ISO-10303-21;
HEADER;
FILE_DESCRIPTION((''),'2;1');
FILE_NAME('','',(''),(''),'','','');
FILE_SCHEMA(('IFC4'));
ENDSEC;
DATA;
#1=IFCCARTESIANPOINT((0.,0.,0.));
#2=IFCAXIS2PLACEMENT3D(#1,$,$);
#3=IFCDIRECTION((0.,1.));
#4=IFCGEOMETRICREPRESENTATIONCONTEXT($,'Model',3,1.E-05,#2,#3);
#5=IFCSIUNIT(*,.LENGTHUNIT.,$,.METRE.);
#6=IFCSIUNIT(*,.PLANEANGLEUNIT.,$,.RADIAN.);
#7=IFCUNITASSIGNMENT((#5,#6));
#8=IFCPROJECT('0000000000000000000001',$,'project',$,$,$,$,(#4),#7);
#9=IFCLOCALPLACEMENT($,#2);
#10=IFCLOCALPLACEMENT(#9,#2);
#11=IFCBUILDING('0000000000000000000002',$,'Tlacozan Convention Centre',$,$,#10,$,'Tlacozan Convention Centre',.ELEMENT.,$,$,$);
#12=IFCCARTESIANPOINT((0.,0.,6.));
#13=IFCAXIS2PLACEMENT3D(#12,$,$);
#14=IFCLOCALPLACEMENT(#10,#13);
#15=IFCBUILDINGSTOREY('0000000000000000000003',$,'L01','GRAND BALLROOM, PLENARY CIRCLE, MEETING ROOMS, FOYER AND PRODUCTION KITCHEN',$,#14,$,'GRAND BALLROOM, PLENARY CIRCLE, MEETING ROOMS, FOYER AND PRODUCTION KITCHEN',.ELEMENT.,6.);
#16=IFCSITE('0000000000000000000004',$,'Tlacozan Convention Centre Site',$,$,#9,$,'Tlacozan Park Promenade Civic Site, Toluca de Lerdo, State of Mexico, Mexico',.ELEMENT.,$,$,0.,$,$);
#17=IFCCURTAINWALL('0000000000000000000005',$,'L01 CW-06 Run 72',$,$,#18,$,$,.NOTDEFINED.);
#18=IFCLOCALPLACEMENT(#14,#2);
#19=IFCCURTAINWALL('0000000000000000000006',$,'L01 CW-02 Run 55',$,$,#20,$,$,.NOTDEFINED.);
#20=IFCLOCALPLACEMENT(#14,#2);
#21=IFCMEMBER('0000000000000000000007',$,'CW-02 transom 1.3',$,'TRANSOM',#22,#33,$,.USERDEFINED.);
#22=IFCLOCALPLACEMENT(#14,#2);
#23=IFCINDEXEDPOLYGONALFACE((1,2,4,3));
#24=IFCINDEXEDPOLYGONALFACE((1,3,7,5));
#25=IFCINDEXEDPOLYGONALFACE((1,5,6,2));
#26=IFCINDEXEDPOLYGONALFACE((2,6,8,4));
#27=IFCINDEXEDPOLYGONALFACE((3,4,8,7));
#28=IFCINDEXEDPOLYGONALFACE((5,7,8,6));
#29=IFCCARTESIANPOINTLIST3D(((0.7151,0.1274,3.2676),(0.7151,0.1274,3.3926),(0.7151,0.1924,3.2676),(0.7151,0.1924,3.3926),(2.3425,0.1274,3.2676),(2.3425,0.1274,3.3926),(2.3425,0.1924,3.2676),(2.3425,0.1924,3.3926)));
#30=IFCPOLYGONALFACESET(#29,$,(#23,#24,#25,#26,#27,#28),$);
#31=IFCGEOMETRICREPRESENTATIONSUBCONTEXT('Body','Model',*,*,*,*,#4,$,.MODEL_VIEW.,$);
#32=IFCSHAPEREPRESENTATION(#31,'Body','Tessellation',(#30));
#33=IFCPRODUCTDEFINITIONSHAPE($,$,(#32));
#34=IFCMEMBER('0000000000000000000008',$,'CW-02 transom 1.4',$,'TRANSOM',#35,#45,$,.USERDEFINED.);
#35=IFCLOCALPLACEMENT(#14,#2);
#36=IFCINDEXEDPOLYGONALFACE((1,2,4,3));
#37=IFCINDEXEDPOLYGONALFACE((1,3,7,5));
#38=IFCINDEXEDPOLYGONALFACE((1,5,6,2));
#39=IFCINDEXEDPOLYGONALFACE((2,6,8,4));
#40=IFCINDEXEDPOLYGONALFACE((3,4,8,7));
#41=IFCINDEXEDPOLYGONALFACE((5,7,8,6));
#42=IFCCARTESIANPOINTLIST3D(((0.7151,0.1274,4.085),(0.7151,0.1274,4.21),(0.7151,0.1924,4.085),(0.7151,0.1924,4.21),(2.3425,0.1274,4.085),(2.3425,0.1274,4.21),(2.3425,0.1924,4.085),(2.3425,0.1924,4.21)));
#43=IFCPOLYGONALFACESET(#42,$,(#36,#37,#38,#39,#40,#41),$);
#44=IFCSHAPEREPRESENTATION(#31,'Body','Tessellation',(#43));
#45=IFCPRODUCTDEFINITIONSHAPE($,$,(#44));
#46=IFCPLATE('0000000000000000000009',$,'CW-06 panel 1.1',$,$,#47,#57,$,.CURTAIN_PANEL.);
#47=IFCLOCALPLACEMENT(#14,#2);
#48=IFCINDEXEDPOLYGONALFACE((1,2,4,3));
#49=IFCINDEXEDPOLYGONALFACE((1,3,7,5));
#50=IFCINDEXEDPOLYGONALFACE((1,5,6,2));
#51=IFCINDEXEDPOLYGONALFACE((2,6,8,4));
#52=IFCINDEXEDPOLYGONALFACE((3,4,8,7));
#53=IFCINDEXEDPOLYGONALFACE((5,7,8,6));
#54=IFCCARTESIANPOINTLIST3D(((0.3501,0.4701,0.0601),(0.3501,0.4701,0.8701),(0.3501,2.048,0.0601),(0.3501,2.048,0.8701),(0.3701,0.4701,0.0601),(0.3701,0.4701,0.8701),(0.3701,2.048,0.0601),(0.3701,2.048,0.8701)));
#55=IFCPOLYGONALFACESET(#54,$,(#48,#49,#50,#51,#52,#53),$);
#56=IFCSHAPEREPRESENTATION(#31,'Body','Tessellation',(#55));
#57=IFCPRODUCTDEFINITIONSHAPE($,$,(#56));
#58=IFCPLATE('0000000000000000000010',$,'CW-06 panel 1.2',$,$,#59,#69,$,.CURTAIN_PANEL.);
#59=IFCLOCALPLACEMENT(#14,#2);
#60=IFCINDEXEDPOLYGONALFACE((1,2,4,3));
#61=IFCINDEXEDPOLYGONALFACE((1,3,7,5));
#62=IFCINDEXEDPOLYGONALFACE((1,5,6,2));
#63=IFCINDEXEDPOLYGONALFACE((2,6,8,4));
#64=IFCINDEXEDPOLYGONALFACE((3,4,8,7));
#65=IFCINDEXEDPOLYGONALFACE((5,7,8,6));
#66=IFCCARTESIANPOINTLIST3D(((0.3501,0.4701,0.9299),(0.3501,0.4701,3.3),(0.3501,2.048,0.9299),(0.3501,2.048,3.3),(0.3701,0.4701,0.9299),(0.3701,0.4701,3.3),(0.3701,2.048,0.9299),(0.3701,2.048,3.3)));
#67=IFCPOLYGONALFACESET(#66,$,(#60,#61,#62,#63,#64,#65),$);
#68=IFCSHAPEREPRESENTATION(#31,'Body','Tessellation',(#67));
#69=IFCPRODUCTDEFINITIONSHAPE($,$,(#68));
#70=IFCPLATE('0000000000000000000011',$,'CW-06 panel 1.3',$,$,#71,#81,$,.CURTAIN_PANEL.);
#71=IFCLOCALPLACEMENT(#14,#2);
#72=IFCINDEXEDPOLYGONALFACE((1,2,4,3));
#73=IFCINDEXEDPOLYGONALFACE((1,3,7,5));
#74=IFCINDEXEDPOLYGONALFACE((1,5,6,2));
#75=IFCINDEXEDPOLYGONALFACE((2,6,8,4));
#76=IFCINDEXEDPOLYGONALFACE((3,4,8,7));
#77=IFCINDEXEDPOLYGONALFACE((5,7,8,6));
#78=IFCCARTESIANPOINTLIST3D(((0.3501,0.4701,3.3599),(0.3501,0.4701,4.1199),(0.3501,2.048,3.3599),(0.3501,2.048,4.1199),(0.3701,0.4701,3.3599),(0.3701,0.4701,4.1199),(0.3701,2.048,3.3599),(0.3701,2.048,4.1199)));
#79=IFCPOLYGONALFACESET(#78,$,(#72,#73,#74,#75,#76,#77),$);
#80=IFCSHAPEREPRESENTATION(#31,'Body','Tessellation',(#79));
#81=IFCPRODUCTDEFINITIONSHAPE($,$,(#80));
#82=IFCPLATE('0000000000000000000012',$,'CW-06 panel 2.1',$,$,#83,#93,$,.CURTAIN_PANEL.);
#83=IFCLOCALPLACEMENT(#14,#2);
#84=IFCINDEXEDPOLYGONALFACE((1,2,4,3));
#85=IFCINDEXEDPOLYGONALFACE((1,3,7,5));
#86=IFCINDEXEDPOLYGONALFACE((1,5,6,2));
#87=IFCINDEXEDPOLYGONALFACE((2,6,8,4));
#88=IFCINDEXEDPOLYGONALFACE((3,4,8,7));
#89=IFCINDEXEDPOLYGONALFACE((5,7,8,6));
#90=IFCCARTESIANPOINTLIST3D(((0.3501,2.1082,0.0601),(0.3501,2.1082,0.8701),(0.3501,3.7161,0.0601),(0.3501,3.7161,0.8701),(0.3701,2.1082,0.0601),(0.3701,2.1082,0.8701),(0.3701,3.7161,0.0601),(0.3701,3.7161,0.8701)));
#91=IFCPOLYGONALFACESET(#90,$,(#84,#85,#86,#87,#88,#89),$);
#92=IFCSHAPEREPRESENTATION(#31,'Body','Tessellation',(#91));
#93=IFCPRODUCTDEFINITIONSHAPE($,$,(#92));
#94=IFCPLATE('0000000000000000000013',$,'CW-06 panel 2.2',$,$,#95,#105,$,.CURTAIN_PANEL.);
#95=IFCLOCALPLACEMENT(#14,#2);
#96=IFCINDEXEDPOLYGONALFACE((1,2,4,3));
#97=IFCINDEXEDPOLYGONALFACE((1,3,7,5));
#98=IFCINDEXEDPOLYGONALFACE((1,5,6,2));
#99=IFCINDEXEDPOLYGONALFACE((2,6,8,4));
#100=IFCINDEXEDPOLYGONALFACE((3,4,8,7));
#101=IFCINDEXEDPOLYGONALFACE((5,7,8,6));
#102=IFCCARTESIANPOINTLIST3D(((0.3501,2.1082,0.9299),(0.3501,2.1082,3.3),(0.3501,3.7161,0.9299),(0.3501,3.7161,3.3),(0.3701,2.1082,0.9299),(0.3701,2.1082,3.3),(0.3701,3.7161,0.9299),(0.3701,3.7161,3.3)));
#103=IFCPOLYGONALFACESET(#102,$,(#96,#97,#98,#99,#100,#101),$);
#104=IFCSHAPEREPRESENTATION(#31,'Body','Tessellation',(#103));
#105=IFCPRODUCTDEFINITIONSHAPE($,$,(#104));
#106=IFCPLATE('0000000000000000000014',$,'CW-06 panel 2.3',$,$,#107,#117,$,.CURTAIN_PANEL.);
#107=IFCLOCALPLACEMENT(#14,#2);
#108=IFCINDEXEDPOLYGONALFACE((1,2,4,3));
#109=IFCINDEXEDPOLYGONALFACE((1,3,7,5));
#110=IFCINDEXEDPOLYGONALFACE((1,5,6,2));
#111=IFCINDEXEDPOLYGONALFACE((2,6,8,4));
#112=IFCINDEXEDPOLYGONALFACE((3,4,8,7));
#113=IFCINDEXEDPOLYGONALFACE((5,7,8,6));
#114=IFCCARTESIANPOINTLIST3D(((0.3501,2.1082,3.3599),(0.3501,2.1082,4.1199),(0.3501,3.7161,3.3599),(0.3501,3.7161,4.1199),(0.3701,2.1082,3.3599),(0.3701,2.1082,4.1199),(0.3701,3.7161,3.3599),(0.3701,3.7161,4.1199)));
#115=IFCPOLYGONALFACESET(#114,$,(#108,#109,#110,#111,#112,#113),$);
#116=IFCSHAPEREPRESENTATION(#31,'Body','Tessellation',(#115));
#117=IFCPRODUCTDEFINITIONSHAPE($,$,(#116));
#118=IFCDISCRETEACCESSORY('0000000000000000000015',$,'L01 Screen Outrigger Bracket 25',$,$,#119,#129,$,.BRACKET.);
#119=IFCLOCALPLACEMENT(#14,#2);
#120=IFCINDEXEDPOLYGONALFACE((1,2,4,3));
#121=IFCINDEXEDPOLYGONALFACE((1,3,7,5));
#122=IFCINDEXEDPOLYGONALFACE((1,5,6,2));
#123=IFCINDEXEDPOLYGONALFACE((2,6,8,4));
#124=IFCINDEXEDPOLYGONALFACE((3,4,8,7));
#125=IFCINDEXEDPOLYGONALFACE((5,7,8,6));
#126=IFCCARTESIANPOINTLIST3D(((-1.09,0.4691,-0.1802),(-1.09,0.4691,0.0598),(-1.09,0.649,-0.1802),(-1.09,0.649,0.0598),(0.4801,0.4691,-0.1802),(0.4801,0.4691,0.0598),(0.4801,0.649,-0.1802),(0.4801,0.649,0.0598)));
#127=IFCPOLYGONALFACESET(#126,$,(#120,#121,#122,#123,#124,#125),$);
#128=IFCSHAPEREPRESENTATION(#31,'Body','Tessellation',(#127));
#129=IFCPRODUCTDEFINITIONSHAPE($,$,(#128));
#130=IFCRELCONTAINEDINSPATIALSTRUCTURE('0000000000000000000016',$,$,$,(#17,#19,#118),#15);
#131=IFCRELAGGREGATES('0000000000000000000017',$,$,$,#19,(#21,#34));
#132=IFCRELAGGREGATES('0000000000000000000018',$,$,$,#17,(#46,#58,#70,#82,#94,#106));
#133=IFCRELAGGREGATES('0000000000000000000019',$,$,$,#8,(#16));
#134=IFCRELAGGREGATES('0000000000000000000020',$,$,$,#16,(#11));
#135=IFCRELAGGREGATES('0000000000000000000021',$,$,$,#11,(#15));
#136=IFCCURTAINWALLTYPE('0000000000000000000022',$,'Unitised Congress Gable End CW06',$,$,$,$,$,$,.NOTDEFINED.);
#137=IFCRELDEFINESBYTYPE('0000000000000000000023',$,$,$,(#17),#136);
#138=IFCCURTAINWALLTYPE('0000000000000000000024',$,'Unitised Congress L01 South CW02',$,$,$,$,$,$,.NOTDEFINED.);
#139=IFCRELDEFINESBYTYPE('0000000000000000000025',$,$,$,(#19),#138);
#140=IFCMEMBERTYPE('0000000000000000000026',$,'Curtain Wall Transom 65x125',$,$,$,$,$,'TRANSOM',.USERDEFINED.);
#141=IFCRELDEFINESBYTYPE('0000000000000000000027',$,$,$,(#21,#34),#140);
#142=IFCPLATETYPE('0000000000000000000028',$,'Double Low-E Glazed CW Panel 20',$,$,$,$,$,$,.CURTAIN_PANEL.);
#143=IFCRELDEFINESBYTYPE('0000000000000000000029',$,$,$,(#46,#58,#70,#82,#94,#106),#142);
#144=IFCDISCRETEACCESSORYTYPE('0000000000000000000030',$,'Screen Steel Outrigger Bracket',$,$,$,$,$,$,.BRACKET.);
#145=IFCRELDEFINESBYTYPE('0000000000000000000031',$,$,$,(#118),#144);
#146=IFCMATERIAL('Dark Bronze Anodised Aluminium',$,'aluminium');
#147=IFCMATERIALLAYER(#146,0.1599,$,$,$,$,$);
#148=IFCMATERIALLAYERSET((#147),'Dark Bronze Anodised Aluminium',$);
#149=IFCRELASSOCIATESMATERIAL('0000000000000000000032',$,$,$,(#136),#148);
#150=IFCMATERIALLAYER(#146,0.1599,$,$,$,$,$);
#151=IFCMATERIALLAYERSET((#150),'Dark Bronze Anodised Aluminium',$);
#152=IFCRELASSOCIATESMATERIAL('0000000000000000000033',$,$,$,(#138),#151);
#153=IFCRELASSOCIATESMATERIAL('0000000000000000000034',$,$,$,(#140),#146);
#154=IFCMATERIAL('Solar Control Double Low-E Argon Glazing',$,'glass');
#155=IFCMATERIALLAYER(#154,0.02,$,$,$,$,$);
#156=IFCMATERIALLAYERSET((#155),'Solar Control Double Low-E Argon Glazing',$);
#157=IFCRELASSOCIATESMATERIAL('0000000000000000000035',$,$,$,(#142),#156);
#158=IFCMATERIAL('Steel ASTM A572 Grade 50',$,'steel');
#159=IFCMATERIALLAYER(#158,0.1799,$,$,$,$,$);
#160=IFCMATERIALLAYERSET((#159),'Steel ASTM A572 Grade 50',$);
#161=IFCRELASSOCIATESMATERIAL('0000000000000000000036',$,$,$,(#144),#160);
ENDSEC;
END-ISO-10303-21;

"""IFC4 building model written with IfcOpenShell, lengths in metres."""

from ifc_helpers import new_model, si_unit, direction, frame, origin, origin_2d, place, context, subcontext, project, spatial, rectangle, extrude, material, layer, layer_set, material_profile, profile_set, type_object, element, aggregate, save


model = new_model("IFC4")

# Units and contexts
model_context = context("Model", 3, precision=1e-05, world=origin(), true_north=direction((0.0, 1.0)))
body_context = subcontext(model_context, "Body", "Model", "MODEL_VIEW")
ifc_project = project(units=[si_unit("LENGTHUNIT", "METRE"), si_unit("PLANEANGLEUNIT", "RADIAN")], contexts=[model_context])

# Site, building, storey
site_placement = place(None, origin())
site = spatial("IfcSite", under=ifc_project, at=site_placement, Name="Tlacozan Convention Centre Site", LongName="Tlacozan Park Promenade Civic Site, Toluca de Lerdo, State of Mexico, Mexico", CompositionType="ELEMENT", RefElevation=0.0)
building_placement = place(site_placement, origin())
building = spatial("IfcBuilding", under=site, at=building_placement, Name="Tlacozan Convention Centre", LongName="Tlacozan Convention Centre", CompositionType="ELEMENT")
storey_placement = place(building_placement, frame((0.0, 0.0, 6.0)))
storey = spatial("IfcBuildingStorey", under=building, at=storey_placement, Name="L01", Description="GRAND BALLROOM, PLENARY CIRCLE, MEETING ROOMS, FOYER AND PRODUCTION KITCHEN", LongName="GRAND BALLROOM, PLENARY CIRCLE, MEETING ROOMS, FOYER AND PRODUCTION KITCHEN", CompositionType="ELEMENT", Elevation=6.0)

# Curtain walls, members
ifc_material_1 = material(Name="Dark Bronze Anodised Aluminium", Category="aluminium")
ifc_layer_1 = layer(ifc_material_1, 0.1599)
ifc_layer_set_1 = layer_set([ifc_layer_1], Name="Dark Bronze Anodised Aluminium")
curtain_wall_type_1 = type_object("IfcCurtainWallType", Name="Unitised Congress Gable End CW06", PredefinedType="NOTDEFINED", material=ifc_layer_set_1)
curtain_wall_1_placement = place(storey_placement, origin())
curtain_wall_1 = element("IfcCurtainWall", 1, at=curtain_wall_1_placement, inside=storey, type_object=curtain_wall_type_1, Name="L01 CW-06 Run 72", PredefinedType="NOTDEFINED")
ifc_layer_2 = layer(ifc_material_1, 0.1599)
ifc_layer_set_2 = layer_set([ifc_layer_2], Name="Dark Bronze Anodised Aluminium")
curtain_wall_type_2 = type_object("IfcCurtainWallType", Name="Unitised Congress L01 South CW02", PredefinedType="NOTDEFINED", material=ifc_layer_set_2)
curtain_wall_2_placement = place(storey_placement, origin())
curtain_wall_2 = element("IfcCurtainWall", 2, at=curtain_wall_2_placement, inside=storey, type_object=curtain_wall_type_2, Name="L01 CW-02 Run 55", PredefinedType="NOTDEFINED")
ifc_material_profile_1 = material_profile(ifc_material_1, rectangle(XDim=0.0649, YDim=0.125, at=origin_2d()), Name="ALU 65x125")
ifc_profile_set_1 = profile_set([ifc_material_profile_1], Name="Dark Bronze Anodised Aluminium")
member_type_1 = type_object("IfcMemberType", Name="Curtain Wall Transom 65x125", ElementType="TRANSOM", PredefinedType="USERDEFINED", material=ifc_profile_set_1)
member_1_placement = place(storey_placement, frame((0.7151, 0.1599, 3.3301), z_axis=(1.0, 0.0, 0.0), x_axis=(0.0, 1.0, 0.0)))
member_1 = element("IfcMember", 3, at=member_1_placement, type_object=member_type_1, Name="CW-02 transom 1.3", ObjectType="TRANSOM", PredefinedType="USERDEFINED", context=body_context, shape_type="SweptSolid", body=[
    extrude(rectangle(XDim=0.0649, YDim=0.125, at=origin_2d()), origin(), (0.0, 0.0, 1.0), 1.6274),
])
member_2_placement = place(storey_placement, frame((0.7151, 0.1599, 4.1475), z_axis=(1.0, 0.0, 0.0), x_axis=(0.0, 1.0, 0.0)))
member_2 = element("IfcMember", 4, at=member_2_placement, type_object=member_type_1, Name="CW-02 transom 1.4", ObjectType="TRANSOM", PredefinedType="USERDEFINED", context=body_context, shape_type="SweptSolid", body=[
    extrude(rectangle(XDim=0.0649, YDim=0.125, at=origin_2d()), origin(), (0.0, 0.0, 1.0), 1.6274),
])
aggregate(curtain_wall_2, [member_1, member_2])

# Plates
ifc_material_2 = material(Name="Solar Control Double Low-E Argon Glazing", Category="glass")
ifc_layer_3 = layer(ifc_material_2, 0.02)
ifc_layer_set_3 = layer_set([ifc_layer_3], Name="Solar Control Double Low-E Argon Glazing")
plate_type = type_object("IfcPlateType", Name="Double Low-E Glazed CW Panel 20", PredefinedType="CURTAIN_PANEL", material=ifc_layer_set_3)
plate_1_placement = place(storey_placement, frame((0.3601, 1.259, 0.0601), z_axis=(0.0, 0.0, 1.0), x_axis=(0.0, 1.0, 0.0)))
plate_1 = element("IfcPlate", 5, at=plate_1_placement, type_object=plate_type, Name="CW-06 panel 1.1", PredefinedType="CURTAIN_PANEL", context=body_context, shape_type="SweptSolid", body=[
    extrude(rectangle(XDim=1.5779, YDim=0.02, at=origin_2d()), origin(), (0.0, 0.0, 1.0), 0.8101),
])
plate_2_placement = place(storey_placement, frame((0.3601, 1.259, 0.9299), z_axis=(0.0, 0.0, 1.0), x_axis=(0.0, 1.0, 0.0)))
plate_2 = element("IfcPlate", 6, at=plate_2_placement, type_object=plate_type, Name="CW-06 panel 1.2", PredefinedType="CURTAIN_PANEL", context=body_context, shape_type="SweptSolid", body=[
    extrude(rectangle(XDim=1.5779, YDim=0.02, at=origin_2d()), origin(), (0.0, 0.0, 1.0), 2.3701),
])
plate_3_placement = place(storey_placement, frame((0.3601, 1.259, 3.3599), z_axis=(0.0, 0.0, 1.0), x_axis=(0.0, 1.0, 0.0)))
plate_3 = element("IfcPlate", 7, at=plate_3_placement, type_object=plate_type, Name="CW-06 panel 1.3", PredefinedType="CURTAIN_PANEL", context=body_context, shape_type="SweptSolid", body=[
    extrude(rectangle(XDim=1.5779, YDim=0.02, at=origin_2d()), origin(), (0.0, 0.0, 1.0), 0.76),
])
plate_4_placement = place(storey_placement, frame((0.3601, 2.9121, 0.0601), z_axis=(0.0, 0.0, 1.0), x_axis=(0.0, 1.0, 0.0)))
plate_4 = element("IfcPlate", 8, at=plate_4_placement, type_object=plate_type, Name="CW-06 panel 2.1", PredefinedType="CURTAIN_PANEL", context=body_context, shape_type="SweptSolid", body=[
    extrude(rectangle(XDim=1.6079, YDim=0.02, at=origin_2d()), origin(), (0.0, 0.0, 1.0), 0.8101),
])
plate_5_placement = place(storey_placement, frame((0.3601, 2.9121, 0.9299), z_axis=(0.0, 0.0, 1.0), x_axis=(0.0, 1.0, 0.0)))
plate_5 = element("IfcPlate", 9, at=plate_5_placement, type_object=plate_type, Name="CW-06 panel 2.2", PredefinedType="CURTAIN_PANEL", context=body_context, shape_type="SweptSolid", body=[
    extrude(rectangle(XDim=1.6079, YDim=0.02, at=origin_2d()), origin(), (0.0, 0.0, 1.0), 2.3701),
])
plate_6_placement = place(storey_placement, frame((0.3601, 2.9121, 3.3599), z_axis=(0.0, 0.0, 1.0), x_axis=(0.0, 1.0, 0.0)))
plate_6 = element("IfcPlate", 10, at=plate_6_placement, type_object=plate_type, Name="CW-06 panel 2.3", PredefinedType="CURTAIN_PANEL", context=body_context, shape_type="SweptSolid", body=[
    extrude(rectangle(XDim=1.6079, YDim=0.02, at=origin_2d()), origin(), (0.0, 0.0, 1.0), 0.76),
])
aggregate(curtain_wall_1, [plate_1, plate_2, plate_3, plate_4, plate_5, plate_6])

# Discrete accessory
ifc_material_3 = material(Name="Steel ASTM A572 Grade 50", Category="steel")
ifc_layer_4 = layer(ifc_material_3, 0.1799)
ifc_layer_set_4 = layer_set([ifc_layer_4], Name="Steel ASTM A572 Grade 50")
discrete_accessory_type = type_object("IfcDiscreteAccessoryType", Name="Screen Steel Outrigger Bracket", PredefinedType="BRACKET", material=ifc_layer_set_4)
discrete_accessory_placement = place(storey_placement, frame((-0.3049, 0.5591, -0.1802), z_axis=(0.0, 0.0, 1.0), x_axis=(1.0, 0.0, 0.0)))
element("IfcDiscreteAccessory", 11, at=discrete_accessory_placement, inside=storey, type_object=discrete_accessory_type, Name="L01 Screen Outrigger Bracket 25", PredefinedType="BRACKET", context=body_context, shape_type="SweptSolid", body=[
    extrude(rectangle(XDim=1.5701, YDim=0.1799, at=origin_2d()), origin(), (0.0, 0.0, 1.0), 0.24),
])

save(model, "model.ifc")
